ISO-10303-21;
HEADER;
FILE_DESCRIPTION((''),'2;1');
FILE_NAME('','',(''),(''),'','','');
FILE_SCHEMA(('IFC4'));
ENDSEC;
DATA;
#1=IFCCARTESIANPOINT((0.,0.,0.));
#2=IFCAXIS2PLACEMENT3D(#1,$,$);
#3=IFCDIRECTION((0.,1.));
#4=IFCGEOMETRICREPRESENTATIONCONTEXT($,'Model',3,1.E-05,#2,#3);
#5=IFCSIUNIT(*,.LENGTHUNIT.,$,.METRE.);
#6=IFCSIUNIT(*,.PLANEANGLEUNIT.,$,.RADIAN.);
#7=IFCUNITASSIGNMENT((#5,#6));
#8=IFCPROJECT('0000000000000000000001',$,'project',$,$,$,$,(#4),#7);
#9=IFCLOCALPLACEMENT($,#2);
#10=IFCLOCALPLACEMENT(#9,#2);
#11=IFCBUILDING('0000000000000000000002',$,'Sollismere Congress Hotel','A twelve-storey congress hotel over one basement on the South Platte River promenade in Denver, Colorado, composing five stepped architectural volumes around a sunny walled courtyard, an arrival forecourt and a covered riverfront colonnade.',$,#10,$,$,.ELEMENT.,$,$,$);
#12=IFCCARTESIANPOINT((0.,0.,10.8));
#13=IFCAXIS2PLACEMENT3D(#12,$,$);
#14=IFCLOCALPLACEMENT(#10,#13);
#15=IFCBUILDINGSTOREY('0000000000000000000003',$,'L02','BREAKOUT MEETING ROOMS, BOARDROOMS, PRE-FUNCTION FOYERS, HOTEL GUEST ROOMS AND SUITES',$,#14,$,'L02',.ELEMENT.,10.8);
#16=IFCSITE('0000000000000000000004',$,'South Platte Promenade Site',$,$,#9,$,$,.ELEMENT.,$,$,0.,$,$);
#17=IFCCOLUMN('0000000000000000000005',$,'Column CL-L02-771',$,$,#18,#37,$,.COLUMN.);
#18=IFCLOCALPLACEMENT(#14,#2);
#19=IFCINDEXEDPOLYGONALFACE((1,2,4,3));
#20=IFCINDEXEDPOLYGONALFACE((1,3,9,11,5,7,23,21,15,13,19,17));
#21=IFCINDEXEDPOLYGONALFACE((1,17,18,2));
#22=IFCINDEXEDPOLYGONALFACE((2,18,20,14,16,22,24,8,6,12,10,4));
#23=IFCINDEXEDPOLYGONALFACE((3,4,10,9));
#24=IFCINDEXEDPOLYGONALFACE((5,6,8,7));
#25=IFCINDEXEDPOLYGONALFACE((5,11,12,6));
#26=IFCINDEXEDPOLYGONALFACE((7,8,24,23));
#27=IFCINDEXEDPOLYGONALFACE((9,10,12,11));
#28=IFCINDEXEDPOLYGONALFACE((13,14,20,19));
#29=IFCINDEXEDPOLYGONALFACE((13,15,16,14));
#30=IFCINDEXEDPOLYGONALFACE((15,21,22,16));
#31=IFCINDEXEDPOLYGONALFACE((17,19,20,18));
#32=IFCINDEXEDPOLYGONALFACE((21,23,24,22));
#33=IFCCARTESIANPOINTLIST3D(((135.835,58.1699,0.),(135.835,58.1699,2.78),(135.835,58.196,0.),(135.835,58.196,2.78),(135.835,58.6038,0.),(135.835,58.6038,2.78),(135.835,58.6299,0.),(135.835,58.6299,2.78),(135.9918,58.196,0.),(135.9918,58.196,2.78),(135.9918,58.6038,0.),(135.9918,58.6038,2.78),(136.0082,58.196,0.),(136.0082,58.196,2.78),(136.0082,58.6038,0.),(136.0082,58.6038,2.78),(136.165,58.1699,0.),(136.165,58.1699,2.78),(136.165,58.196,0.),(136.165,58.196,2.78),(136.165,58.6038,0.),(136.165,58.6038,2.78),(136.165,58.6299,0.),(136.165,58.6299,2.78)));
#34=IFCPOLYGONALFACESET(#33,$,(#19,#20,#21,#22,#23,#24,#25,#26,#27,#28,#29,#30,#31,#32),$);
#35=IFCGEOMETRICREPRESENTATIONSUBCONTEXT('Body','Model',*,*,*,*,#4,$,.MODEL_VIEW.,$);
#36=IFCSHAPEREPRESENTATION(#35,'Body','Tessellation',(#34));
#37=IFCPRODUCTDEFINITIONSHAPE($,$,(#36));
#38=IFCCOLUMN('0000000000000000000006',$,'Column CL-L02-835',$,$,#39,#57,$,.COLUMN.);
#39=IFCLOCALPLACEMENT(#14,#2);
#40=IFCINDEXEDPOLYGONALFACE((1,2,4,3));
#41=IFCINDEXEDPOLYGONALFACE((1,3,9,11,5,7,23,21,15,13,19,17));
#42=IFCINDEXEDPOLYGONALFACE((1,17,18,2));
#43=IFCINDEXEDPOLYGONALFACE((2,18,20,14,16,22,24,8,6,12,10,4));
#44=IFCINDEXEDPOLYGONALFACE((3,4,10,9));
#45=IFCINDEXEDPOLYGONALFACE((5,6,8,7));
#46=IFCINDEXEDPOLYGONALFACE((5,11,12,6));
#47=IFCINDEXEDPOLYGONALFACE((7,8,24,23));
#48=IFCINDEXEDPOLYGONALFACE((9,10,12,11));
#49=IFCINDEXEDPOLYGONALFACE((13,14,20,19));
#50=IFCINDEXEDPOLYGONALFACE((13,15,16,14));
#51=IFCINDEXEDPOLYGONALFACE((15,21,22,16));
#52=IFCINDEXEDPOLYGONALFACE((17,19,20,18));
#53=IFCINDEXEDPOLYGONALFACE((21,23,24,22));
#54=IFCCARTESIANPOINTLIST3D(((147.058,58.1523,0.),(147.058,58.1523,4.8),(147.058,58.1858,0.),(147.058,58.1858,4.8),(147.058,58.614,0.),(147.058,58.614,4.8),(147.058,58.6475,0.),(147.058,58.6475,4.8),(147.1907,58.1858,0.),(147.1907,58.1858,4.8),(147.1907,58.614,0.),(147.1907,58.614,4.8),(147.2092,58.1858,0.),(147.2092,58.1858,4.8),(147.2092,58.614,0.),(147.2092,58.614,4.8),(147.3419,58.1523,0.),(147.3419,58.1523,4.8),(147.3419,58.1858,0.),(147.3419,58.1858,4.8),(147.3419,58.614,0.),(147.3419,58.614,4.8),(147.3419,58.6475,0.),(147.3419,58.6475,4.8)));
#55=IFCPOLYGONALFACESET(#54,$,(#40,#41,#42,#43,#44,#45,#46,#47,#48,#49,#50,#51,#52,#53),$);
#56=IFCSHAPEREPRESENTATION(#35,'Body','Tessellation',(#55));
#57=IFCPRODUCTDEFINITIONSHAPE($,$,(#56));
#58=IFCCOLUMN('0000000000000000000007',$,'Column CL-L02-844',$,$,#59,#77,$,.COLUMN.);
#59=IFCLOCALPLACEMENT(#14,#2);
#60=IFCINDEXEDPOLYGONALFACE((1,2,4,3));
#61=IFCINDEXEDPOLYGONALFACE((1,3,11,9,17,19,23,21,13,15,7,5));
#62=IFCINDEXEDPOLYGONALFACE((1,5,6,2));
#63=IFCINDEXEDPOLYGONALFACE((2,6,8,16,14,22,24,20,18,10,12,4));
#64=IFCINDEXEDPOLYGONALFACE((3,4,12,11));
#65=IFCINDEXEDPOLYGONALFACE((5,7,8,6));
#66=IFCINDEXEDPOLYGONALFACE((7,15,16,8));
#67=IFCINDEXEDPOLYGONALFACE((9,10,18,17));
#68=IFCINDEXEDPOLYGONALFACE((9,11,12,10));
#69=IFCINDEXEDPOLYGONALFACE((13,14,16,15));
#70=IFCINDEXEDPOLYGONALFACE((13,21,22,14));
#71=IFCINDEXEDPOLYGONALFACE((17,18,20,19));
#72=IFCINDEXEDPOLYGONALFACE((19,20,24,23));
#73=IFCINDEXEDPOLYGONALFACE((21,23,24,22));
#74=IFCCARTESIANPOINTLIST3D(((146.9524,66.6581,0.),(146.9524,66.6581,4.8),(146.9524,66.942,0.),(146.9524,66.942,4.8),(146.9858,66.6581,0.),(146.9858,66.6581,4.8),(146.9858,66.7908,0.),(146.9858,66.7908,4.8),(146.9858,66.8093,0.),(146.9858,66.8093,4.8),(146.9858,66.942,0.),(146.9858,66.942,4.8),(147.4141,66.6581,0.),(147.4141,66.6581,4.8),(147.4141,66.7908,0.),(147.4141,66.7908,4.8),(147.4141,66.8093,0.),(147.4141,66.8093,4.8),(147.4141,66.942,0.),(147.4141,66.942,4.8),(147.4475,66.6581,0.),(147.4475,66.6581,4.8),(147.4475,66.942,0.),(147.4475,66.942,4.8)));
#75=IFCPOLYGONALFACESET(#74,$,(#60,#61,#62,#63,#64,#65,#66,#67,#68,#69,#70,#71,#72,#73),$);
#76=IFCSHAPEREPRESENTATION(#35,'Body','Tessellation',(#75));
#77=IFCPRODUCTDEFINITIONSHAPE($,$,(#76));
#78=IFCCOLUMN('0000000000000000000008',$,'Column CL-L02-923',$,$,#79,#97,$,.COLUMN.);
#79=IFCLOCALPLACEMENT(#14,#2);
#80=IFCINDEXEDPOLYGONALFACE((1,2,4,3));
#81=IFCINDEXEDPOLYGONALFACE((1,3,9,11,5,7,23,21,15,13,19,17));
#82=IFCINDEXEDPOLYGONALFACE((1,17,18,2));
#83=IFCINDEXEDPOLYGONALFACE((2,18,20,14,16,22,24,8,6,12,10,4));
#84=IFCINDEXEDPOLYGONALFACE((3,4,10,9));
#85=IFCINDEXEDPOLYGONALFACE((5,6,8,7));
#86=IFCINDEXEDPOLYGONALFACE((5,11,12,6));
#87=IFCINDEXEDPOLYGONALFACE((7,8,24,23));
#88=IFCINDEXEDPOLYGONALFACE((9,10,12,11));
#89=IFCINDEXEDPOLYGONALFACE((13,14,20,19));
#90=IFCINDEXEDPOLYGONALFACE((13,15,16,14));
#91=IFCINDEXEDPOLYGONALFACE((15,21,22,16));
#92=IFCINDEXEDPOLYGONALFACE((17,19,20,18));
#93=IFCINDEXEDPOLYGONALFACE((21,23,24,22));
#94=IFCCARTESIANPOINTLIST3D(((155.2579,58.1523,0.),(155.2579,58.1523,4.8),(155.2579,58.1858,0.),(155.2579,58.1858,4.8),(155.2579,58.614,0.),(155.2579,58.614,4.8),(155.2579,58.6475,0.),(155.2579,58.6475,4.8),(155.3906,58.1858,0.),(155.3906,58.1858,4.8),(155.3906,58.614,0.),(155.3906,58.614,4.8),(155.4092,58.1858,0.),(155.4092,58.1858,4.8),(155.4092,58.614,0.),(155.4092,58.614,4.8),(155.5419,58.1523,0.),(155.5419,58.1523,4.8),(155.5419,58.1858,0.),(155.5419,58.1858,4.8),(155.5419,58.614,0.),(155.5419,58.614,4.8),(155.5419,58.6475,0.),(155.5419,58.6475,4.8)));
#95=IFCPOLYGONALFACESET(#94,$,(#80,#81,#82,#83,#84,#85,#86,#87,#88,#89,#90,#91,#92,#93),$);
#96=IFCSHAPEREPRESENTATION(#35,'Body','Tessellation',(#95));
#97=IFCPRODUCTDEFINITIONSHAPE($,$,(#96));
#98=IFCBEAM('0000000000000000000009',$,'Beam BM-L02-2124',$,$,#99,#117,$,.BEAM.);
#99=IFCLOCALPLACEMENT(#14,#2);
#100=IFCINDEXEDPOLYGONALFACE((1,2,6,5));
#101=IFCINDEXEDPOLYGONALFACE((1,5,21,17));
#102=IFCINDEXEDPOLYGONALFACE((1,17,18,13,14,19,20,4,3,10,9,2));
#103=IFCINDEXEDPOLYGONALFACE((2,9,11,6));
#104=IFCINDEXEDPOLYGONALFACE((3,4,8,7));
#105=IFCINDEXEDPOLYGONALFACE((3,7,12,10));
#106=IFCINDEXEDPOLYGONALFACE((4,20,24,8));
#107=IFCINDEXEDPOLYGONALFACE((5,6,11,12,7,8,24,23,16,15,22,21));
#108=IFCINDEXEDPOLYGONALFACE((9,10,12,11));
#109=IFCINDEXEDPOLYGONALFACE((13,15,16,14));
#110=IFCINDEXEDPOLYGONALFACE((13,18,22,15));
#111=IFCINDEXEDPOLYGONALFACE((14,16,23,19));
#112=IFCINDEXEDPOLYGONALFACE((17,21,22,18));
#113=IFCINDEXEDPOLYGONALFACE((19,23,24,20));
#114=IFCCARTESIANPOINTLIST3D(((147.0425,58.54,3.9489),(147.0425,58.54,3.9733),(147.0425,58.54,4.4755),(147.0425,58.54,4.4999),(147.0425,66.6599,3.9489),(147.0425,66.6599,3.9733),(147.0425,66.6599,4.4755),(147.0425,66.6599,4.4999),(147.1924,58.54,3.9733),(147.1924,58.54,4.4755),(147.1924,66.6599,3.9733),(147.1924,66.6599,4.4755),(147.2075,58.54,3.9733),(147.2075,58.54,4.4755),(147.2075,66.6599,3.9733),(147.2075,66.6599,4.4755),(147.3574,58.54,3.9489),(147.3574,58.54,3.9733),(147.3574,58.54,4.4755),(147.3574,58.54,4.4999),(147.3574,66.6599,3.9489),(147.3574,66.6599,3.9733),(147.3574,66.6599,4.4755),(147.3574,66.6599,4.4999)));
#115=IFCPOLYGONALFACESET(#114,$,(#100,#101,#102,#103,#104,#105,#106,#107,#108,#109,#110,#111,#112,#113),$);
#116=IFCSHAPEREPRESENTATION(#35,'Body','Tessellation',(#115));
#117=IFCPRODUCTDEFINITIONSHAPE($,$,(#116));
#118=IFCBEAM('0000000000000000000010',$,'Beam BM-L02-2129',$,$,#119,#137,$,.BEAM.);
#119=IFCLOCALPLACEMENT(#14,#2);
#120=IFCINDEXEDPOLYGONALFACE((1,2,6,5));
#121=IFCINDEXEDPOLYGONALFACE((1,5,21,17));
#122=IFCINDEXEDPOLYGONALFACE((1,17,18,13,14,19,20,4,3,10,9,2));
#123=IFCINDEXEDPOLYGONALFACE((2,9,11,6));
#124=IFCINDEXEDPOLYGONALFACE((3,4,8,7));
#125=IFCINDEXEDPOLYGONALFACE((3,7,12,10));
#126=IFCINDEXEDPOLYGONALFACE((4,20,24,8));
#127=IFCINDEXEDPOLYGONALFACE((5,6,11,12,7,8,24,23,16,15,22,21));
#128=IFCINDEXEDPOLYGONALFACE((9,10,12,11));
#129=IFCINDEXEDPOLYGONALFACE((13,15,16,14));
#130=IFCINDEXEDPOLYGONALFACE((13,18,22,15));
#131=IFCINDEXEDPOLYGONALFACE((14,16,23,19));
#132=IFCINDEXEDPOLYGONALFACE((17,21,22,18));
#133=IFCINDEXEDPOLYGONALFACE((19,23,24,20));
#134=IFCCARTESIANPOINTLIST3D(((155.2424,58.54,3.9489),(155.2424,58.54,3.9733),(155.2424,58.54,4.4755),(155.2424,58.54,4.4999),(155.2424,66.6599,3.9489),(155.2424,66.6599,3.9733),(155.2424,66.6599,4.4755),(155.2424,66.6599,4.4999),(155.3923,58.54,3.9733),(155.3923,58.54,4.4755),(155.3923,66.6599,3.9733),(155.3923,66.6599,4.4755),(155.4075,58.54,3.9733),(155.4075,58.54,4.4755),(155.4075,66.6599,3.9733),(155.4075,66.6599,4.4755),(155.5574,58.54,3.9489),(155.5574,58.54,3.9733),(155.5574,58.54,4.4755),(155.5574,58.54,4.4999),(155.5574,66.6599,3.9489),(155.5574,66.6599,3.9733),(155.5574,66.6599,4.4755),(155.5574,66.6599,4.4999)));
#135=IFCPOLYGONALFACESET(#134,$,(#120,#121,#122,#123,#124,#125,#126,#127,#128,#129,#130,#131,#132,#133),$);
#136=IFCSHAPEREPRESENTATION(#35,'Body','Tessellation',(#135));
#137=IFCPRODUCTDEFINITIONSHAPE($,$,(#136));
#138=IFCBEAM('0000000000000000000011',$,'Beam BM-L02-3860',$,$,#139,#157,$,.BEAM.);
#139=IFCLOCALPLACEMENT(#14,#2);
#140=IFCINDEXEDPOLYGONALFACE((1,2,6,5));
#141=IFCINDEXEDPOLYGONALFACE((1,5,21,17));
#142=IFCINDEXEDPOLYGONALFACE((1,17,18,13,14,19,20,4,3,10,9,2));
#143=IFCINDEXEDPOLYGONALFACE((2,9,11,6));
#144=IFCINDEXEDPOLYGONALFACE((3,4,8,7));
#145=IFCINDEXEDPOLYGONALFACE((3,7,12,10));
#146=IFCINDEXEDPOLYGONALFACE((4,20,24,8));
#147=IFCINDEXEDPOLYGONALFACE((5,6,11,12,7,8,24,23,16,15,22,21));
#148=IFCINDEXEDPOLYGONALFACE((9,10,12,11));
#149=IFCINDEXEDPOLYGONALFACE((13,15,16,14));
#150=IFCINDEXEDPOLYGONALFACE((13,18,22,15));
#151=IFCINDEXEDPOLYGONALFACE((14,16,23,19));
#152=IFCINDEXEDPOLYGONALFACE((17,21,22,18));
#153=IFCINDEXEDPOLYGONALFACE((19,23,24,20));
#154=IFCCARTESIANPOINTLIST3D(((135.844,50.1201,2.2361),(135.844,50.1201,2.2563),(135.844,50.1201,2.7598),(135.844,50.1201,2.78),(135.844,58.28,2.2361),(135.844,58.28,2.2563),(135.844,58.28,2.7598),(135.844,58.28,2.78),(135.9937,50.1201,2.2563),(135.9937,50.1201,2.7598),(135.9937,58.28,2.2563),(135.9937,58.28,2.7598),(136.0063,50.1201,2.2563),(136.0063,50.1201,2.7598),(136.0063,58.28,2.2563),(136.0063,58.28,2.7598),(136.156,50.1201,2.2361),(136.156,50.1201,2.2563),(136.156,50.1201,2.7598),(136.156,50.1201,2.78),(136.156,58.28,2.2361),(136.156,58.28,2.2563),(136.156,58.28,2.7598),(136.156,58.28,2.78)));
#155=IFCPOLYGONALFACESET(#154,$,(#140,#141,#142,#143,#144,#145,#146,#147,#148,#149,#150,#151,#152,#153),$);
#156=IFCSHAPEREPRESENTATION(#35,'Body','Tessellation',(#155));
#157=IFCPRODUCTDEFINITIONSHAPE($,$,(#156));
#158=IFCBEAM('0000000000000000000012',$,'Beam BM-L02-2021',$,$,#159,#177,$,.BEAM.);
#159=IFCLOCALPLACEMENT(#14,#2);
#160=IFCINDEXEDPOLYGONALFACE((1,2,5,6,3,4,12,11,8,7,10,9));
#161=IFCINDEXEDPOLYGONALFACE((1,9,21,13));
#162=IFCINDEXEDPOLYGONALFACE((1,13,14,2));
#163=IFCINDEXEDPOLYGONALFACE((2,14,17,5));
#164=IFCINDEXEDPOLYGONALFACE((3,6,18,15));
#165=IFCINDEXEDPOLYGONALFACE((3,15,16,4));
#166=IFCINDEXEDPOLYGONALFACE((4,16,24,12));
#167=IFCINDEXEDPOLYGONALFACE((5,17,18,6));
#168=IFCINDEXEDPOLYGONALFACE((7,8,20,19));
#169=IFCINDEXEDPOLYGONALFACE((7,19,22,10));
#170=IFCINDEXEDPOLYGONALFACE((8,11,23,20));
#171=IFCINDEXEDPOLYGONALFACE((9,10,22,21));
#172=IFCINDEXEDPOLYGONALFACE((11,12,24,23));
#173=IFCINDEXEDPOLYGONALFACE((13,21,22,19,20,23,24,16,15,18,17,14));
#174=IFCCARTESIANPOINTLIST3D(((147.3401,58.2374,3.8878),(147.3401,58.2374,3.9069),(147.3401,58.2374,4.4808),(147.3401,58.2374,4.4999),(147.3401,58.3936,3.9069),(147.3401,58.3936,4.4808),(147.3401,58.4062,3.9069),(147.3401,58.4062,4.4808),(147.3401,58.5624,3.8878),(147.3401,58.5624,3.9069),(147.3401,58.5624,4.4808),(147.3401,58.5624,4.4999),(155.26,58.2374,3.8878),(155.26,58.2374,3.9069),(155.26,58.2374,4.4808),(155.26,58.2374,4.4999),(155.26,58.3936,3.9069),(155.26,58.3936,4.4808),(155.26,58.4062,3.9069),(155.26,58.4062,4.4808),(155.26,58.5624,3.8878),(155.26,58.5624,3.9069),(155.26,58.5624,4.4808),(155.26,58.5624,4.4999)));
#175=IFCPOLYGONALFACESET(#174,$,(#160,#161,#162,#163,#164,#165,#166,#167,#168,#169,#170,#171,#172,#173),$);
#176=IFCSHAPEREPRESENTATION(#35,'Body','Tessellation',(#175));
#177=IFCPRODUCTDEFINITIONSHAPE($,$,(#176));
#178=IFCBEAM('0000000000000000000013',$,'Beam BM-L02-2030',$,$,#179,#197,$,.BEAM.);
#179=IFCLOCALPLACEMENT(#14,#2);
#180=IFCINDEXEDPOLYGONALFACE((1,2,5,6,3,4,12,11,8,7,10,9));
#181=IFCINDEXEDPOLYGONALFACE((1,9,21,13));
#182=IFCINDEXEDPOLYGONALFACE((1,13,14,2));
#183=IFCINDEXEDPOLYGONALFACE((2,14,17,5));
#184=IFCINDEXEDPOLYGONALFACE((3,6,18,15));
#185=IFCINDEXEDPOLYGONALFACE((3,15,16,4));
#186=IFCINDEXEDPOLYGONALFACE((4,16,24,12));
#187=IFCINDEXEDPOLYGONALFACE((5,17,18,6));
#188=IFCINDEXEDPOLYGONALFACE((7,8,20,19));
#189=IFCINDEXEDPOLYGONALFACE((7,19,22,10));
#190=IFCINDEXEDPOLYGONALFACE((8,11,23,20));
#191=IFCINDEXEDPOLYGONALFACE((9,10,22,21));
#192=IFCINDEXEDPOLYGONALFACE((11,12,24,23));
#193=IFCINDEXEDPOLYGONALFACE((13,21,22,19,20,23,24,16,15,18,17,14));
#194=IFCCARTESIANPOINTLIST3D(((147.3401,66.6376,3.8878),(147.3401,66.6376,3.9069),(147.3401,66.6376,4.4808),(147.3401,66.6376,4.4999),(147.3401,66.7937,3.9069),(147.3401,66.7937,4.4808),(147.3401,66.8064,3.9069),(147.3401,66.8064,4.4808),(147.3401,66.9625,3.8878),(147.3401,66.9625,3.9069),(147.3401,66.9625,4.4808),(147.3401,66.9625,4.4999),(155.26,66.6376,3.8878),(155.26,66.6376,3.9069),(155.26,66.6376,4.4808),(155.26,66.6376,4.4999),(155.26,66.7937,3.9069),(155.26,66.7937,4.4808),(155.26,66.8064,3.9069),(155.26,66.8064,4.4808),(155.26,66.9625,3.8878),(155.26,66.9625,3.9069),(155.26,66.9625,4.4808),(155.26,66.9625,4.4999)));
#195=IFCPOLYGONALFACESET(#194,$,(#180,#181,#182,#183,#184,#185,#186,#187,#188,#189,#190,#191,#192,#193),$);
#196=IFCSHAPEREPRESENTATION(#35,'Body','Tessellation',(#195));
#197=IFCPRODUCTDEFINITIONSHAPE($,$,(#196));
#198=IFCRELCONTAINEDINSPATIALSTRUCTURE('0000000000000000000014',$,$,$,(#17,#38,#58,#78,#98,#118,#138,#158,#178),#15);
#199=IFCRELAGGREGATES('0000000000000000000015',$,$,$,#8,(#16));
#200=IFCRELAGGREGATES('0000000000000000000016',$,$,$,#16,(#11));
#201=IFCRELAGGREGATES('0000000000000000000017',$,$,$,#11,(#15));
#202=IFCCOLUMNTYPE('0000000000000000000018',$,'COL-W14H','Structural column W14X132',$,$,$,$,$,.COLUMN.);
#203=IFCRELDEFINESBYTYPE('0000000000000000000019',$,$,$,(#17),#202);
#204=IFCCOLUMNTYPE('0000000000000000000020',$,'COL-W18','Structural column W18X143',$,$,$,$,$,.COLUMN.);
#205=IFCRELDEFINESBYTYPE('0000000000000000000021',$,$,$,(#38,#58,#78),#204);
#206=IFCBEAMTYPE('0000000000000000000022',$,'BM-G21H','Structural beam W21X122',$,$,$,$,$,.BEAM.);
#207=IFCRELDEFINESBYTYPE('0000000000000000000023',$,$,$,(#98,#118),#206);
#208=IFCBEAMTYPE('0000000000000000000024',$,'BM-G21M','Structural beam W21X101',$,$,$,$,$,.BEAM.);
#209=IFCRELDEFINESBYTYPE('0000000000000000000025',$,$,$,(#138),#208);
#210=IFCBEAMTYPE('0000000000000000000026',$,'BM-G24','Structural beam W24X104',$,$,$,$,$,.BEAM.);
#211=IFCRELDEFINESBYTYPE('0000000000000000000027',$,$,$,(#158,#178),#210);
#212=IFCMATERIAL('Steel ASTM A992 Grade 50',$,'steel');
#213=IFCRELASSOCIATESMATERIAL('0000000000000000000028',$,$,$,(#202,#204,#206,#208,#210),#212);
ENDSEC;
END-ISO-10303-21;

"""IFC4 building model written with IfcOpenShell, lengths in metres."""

from ifc_helpers import new_model, si_unit, direction, frame, origin, origin_2d, place, context, subcontext, project, spatial, i_section, extrude, material, material_profile, profile_set, type_object, element, save


model = new_model("IFC4")

# Units and contexts
model_context = context("Model", 3, precision=1e-05, world=origin(), true_north=direction((0.0, 1.0)))
body_context = subcontext(model_context, "Body", "Model", "MODEL_VIEW")
ifc_project = project(units=[si_unit("LENGTHUNIT", "METRE"), si_unit("PLANEANGLEUNIT", "RADIAN")], contexts=[model_context])

# Site, building, storey
site_placement = place(None, origin())
site = spatial("IfcSite", under=ifc_project, at=site_placement, Name="South Platte Promenade Site", CompositionType="ELEMENT", RefElevation=0.0)
building_placement = place(site_placement, origin())
building = spatial("IfcBuilding", under=site, at=building_placement, Name="Sollismere Congress Hotel", Description="A twelve-storey congress hotel over one basement on the South Platte River promenade in Denver, Colorado, composing five stepped architectural volumes around a sunny walled courtyard, an arrival forecourt and a covered riverfront colonnade.", CompositionType="ELEMENT")
storey_placement = place(building_placement, frame((0.0, 0.0, 10.8)))
storey = spatial("IfcBuildingStorey", under=building, at=storey_placement, Name="L02", Description="BREAKOUT MEETING ROOMS, BOARDROOMS, PRE-FUNCTION FOYERS, HOTEL GUEST ROOMS AND SUITES", LongName="L02", CompositionType="ELEMENT", Elevation=10.8)

# Columns
ifc_material_1 = material(Name="Steel ASTM A992 Grade 50", Category="steel")
ifc_material_profile_1 = material_profile(ifc_material_1, i_section(OverallWidth=0.3301, OverallDepth=0.46, WebThickness=0.0164, FlangeThickness=0.0261, at=origin_2d()), Name="W14X132")
ifc_profile_set_1 = profile_set([ifc_material_profile_1], Name="Steel ASTM A992 Grade 50")
column_type_1 = type_object("IfcColumnType", Name="COL-W14H", Description="Structural column W14X132", PredefinedType="COLUMN", material=ifc_profile_set_1)
column_placement = place(storey_placement, frame((136.0, 58.3999, 0.0), z_axis=(0.0, 0.0, 1.0), x_axis=(1.0, 0.0, 0.0)))
element("IfcColumn", 1, at=column_placement, inside=storey, type_object=column_type_1, Name="Column CL-L02-771", PredefinedType="COLUMN", context=body_context, shape_type="SweptSolid", body=[
    extrude(i_section(OverallWidth=0.3301, OverallDepth=0.46, WebThickness=0.0164, FlangeThickness=0.0261, at=origin_2d()), origin(), (0.0, 0.0, 1.0), 2.78),
])
ifc_material_profile_2 = material_profile(ifc_material_1, i_section(OverallWidth=0.2839, OverallDepth=0.4951, WebThickness=0.0186, FlangeThickness=0.0334, at=origin_2d()), Name="W18X143")
ifc_profile_set_2 = profile_set([ifc_material_profile_2], Name="Steel ASTM A992 Grade 50")
column_type_2 = type_object("IfcColumnType", Name="COL-W18", Description="Structural column W18X143", PredefinedType="COLUMN", material=ifc_profile_set_2)
for number, where, z_axis, x_axis, name in (
    (2, (147.2, 58.3999, 0.0), (0.0, 0.0, 1.0), (1.0, 0.0, 0.0), "Column CL-L02-835"),
    (3, (147.2, 66.8, 0.0), (0.0, 0.0, 1.0), (0.0, 1.0, 0.0), "Column CL-L02-844"),
    (4, (155.3999, 58.3999, 0.0), (0.0, 0.0, 1.0), (1.0, 0.0, 0.0), "Column CL-L02-923"),
):
    element("IfcColumn", number, at=place(storey_placement, frame(where, z_axis=z_axis, x_axis=x_axis)), inside=storey, type_object=column_type_2, Name=name, PredefinedType="COLUMN", context=body_context, shape_type="SweptSolid", body=[
        extrude(i_section(OverallWidth=0.2839, OverallDepth=0.4951, WebThickness=0.0186, FlangeThickness=0.0334, at=origin_2d()), origin(), (0.0, 0.0, 1.0), 4.8),
    ])

# Beams
ifc_material_profile_3 = material_profile(ifc_material_1, i_section(OverallWidth=0.3149, OverallDepth=0.551, WebThickness=0.0151, FlangeThickness=0.0244, at=origin_2d()), Name="W21X122")
ifc_profile_set_3 = profile_set([ifc_material_profile_3], Name="Steel ASTM A992 Grade 50")
beam_type_1 = type_object("IfcBeamType", Name="BM-G21H", Description="Structural beam W21X122", PredefinedType="BEAM", material=ifc_profile_set_3)
for number, where, z_axis, x_axis, name in (
    (5, (147.2, 58.54, 4.2244), (0.0, 1.0, 0.0), (-1.0, 0.0, 0.0), "Beam BM-L02-2124"),
    (6, (155.3999, 58.54, 4.2244), (0.0, 1.0, 0.0), (-1.0, 0.0, 0.0), "Beam BM-L02-2129"),
):
    element("IfcBeam", number, at=place(storey_placement, frame(where, z_axis=z_axis, x_axis=x_axis)), inside=storey, type_object=beam_type_1, Name=name, PredefinedType="BEAM", context=body_context, shape_type="SweptSolid", body=[
        extrude(i_section(OverallWidth=0.3149, OverallDepth=0.551, WebThickness=0.0151, FlangeThickness=0.0244, at=origin_2d()), origin(), (0.0, 0.0, 1.0), 8.1199),
    ])
ifc_material_profile_4 = material_profile(ifc_material_1, i_section(OverallWidth=0.312, OverallDepth=0.5439, WebThickness=0.0127, FlangeThickness=0.0203, at=origin_2d()), Name="W21X101")
ifc_profile_set_4 = profile_set([ifc_material_profile_4], Name="Steel ASTM A992 Grade 50")
beam_type_2 = type_object("IfcBeamType", Name="BM-G21M", Description="Structural beam W21X101", PredefinedType="BEAM", material=ifc_profile_set_4)
beam_placement = place(storey_placement, frame((136.0, 50.1201, 2.5081), z_axis=(0.0, 1.0, 0.0), x_axis=(-1.0, 0.0, 0.0)))
element("IfcBeam", 7, at=beam_placement, inside=storey, type_object=beam_type_2, Name="Beam BM-L02-3860", PredefinedType="BEAM", context=body_context, shape_type="SweptSolid", body=[
    extrude(i_section(OverallWidth=0.312, OverallDepth=0.5439, WebThickness=0.0127, FlangeThickness=0.0203, at=origin_2d()), origin(), (0.0, 0.0, 1.0), 8.1599),
])
ifc_material_profile_5 = material_profile(ifc_material_1, i_section(OverallWidth=0.325, OverallDepth=0.6121, WebThickness=0.0127, FlangeThickness=0.019, at=origin_2d()), Name="W24X104")
ifc_profile_set_5 = profile_set([ifc_material_profile_5], Name="Steel ASTM A992 Grade 50")
beam_type_3 = type_object("IfcBeamType", Name="BM-G24", Description="Structural beam W24X104", PredefinedType="BEAM", material=ifc_profile_set_5)
for number, where, z_axis, x_axis, name in (
    (8, (147.3401, 58.3999, 4.1938), (1.0, 0.0, 0.0), (0.0, 1.0, 0.0), "Beam BM-L02-2021"),
    (9, (147.3401, 66.8, 4.1938), (1.0, 0.0, 0.0), (0.0, 1.0, 0.0), "Beam BM-L02-2030"),
):
    element("IfcBeam", number, at=place(storey_placement, frame(where, z_axis=z_axis, x_axis=x_axis)), inside=storey, type_object=beam_type_3, Name=name, PredefinedType="BEAM", context=body_context, shape_type="SweptSolid", body=[
        extrude(i_section(OverallWidth=0.325, OverallDepth=0.6121, WebThickness=0.0127, FlangeThickness=0.019, at=origin_2d()), origin(), (0.0, 0.0, 1.0), 7.9199),
    ])

save(model, "model.ifc")
